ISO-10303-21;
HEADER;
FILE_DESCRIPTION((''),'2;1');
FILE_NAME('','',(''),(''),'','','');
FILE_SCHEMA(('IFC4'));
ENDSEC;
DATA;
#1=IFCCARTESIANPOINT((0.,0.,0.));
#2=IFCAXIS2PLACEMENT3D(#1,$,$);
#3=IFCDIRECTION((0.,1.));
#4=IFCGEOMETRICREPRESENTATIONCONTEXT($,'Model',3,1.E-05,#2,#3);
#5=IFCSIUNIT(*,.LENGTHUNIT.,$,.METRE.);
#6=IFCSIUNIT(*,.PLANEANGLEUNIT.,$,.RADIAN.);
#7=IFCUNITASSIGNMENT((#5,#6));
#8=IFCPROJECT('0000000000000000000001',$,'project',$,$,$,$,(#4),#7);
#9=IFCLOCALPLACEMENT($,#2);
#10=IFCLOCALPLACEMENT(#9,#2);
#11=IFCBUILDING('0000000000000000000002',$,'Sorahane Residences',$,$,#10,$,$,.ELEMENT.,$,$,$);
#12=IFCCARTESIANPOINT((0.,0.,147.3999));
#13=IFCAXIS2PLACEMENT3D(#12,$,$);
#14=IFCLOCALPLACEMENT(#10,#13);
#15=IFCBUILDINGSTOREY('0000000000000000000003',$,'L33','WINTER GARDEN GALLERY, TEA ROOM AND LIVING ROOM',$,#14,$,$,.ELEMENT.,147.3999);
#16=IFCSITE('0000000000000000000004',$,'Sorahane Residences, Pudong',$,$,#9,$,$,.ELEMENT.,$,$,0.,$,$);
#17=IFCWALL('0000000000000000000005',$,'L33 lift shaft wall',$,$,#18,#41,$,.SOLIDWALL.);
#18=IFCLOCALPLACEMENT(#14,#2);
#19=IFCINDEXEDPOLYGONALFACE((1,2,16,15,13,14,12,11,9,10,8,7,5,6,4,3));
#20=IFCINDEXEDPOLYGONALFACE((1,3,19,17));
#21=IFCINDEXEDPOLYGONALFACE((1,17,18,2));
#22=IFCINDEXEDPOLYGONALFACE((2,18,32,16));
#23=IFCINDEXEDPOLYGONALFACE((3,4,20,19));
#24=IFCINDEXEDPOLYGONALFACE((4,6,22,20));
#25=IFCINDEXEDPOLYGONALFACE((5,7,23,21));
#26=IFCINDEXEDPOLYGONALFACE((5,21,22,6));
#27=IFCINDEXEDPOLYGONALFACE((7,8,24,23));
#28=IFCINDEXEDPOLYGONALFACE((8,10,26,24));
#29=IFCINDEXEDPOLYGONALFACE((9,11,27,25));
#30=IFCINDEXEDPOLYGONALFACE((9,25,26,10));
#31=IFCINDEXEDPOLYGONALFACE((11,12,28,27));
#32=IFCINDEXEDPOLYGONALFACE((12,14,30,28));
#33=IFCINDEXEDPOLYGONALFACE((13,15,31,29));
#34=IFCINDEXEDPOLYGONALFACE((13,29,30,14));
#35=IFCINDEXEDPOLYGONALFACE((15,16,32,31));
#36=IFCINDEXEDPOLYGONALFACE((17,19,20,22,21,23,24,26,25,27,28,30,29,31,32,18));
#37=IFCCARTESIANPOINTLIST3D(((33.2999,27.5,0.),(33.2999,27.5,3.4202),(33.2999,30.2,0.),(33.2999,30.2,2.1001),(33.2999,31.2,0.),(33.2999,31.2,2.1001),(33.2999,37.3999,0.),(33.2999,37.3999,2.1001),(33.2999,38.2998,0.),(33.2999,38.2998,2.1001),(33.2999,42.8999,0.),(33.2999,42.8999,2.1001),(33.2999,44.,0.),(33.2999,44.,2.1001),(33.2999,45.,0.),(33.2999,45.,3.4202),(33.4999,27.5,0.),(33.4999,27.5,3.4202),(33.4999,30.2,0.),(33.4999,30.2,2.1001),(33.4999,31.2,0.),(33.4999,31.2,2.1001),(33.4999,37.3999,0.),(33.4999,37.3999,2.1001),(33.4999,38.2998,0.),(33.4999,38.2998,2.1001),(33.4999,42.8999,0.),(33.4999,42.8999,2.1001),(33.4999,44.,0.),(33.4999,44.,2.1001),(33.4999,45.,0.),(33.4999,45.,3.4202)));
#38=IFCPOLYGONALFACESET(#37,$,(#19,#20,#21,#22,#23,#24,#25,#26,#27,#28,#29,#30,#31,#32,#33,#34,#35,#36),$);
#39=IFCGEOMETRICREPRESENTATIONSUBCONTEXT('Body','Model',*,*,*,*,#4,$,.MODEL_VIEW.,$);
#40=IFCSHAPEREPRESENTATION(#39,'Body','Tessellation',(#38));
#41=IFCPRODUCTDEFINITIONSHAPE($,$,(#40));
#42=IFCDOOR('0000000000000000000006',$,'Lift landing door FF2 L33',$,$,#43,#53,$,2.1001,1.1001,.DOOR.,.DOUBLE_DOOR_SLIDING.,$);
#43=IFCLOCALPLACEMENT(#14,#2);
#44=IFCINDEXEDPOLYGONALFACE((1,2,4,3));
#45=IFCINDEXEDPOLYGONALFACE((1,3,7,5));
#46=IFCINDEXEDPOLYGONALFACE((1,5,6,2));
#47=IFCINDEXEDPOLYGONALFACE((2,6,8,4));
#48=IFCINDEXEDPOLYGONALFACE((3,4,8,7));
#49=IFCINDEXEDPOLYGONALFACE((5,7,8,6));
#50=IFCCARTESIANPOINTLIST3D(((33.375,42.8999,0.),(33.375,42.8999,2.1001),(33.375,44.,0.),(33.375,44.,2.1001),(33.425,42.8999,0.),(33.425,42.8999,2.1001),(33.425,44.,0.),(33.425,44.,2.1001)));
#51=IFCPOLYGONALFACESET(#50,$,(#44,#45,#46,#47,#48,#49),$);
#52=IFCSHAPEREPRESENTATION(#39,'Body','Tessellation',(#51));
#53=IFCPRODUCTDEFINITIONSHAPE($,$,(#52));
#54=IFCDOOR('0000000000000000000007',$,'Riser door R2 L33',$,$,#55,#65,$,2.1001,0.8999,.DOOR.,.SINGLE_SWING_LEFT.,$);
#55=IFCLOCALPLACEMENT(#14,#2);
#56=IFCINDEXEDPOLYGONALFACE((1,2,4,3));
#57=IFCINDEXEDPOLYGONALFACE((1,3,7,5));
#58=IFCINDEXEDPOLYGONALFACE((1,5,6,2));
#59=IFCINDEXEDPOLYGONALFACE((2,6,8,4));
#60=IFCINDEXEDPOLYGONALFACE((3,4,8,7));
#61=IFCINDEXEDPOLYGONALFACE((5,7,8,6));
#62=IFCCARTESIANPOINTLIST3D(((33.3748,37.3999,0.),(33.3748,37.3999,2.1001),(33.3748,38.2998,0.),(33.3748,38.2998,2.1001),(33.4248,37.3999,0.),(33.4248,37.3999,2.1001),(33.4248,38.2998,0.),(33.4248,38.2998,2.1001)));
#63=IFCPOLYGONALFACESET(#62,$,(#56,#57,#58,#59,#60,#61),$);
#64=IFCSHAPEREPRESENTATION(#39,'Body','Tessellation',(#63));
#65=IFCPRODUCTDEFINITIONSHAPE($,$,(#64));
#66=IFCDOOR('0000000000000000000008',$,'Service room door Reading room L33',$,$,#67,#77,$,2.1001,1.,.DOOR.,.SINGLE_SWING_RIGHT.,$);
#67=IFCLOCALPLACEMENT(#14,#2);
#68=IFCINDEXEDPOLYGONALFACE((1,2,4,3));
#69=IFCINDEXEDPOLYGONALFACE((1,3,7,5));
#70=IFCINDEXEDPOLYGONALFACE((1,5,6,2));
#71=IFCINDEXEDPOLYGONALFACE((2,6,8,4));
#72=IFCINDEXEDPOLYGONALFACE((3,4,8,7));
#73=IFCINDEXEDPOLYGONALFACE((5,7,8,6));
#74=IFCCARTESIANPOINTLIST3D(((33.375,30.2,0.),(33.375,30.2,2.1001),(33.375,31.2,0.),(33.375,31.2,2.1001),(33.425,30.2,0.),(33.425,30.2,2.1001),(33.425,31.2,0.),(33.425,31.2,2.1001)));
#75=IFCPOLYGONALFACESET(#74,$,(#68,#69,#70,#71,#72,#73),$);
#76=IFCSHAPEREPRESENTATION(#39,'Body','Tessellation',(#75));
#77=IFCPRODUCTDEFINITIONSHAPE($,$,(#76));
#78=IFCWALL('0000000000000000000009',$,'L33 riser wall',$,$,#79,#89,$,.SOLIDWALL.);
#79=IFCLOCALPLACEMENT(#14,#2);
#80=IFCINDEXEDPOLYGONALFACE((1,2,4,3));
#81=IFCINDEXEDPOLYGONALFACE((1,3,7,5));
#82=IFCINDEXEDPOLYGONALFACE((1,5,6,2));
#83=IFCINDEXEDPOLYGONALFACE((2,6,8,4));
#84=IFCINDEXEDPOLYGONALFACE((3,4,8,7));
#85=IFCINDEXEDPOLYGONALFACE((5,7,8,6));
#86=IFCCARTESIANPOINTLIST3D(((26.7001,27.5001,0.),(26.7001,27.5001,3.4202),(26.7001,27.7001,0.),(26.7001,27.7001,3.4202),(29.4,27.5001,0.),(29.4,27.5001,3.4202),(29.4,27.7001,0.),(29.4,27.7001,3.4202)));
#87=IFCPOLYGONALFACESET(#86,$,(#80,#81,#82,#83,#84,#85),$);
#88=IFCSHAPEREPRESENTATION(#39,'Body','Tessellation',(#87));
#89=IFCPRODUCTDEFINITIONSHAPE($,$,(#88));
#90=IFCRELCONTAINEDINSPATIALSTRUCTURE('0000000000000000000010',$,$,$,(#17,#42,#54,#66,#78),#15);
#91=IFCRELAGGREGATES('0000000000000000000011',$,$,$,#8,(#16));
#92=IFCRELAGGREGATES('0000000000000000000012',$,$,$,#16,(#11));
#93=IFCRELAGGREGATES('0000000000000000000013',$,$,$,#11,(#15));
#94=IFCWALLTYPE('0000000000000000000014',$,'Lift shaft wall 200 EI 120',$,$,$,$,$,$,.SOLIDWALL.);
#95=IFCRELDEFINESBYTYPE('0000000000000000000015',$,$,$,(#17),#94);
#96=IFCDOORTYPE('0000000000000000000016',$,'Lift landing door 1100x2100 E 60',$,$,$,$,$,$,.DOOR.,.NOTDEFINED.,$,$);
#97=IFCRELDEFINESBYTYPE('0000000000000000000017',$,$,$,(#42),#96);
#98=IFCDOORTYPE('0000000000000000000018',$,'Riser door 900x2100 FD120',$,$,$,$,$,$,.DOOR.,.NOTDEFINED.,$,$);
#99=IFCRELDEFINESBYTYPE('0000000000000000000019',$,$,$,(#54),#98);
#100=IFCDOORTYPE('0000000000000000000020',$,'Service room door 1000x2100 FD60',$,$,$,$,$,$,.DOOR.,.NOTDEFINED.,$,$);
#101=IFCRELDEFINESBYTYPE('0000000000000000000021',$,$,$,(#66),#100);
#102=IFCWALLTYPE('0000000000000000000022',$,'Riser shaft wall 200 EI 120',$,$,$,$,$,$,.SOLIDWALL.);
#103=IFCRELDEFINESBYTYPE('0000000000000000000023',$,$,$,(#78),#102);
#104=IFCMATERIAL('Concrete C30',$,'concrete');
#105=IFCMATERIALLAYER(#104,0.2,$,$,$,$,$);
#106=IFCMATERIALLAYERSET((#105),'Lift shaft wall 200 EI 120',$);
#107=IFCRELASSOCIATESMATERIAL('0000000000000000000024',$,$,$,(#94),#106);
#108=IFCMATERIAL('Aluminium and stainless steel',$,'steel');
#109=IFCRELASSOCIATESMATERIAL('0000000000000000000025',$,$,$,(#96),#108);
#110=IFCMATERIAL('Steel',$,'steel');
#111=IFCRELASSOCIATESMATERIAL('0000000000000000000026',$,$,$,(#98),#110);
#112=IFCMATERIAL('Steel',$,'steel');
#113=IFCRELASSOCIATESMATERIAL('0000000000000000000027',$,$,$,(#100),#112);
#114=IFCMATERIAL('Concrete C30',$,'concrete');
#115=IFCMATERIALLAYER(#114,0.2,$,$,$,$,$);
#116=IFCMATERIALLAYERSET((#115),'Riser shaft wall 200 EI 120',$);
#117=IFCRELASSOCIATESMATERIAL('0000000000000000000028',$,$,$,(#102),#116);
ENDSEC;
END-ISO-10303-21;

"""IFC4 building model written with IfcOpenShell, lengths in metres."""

from ifc_helpers import new_model, si_unit, direction, frame, frame_2d, origin, place, context, subcontext, project, spatial, rectangle, extrude, material, layer, layer_set, type_object, element, fill, save


model = new_model("IFC4")

# Units and contexts
model_context = context("Model", 3, precision=1e-05, world=origin(), true_north=direction((0.0, 1.0)))
body_context = subcontext(model_context, "Body", "Model", "MODEL_VIEW")
ifc_project = project(units=[si_unit("LENGTHUNIT", "METRE"), si_unit("PLANEANGLEUNIT", "RADIAN")], contexts=[model_context])

# Site, building, storey
site_placement = place(None, origin())
site = spatial("IfcSite", under=ifc_project, at=site_placement, Name="Sorahane Residences, Pudong", CompositionType="ELEMENT", RefElevation=0.0)
building_placement = place(site_placement, origin())
building = spatial("IfcBuilding", under=site, at=building_placement, Name="Sorahane Residences", CompositionType="ELEMENT")
storey_placement = place(building_placement, frame((0.0, 0.0, 147.3999)))
storey = spatial("IfcBuildingStorey", under=building, at=storey_placement, Name="L33", Description="WINTER GARDEN GALLERY, TEA ROOM AND LIVING ROOM", CompositionType="ELEMENT", Elevation=147.3999)

# Wall, openings, doors
ifc_material_1 = material(Name="Concrete C30", Category="concrete")
ifc_layer_1 = layer(ifc_material_1, 0.2)
ifc_layer_set_1 = layer_set([ifc_layer_1], Name="Lift shaft wall 200 EI 120")
wall_type_1 = type_object("IfcWallType", Name="Lift shaft wall 200 EI 120", PredefinedType="SOLIDWALL", material=ifc_layer_set_1)
wall_1_placement = place(storey_placement, frame((33.3999, 27.5, 0.0), z_axis=(0.0, 0.0, 1.0), x_axis=(0.0, 1.0, 0.0)))
wall_1 = element("IfcWall", 1, at=wall_1_placement, inside=storey, type_object=wall_type_1, Name="L33 lift shaft wall", PredefinedType="SOLIDWALL", context=body_context, shape_type="SweptSolid", body=[
    extrude(rectangle(XDim=17.5, YDim=0.2, at=frame_2d((8.75, 0.0))), origin(), (0.0, 0.0, 1.0), 3.4202),
])
opening_1_placement = place(wall_1_placement, frame((15.3999, 0.0, 0.0)))
opening_1 = element("IfcOpeningElement", 2, at=opening_1_placement, cuts=wall_1, PredefinedType="OPENING", context=body_context, shape_type="SweptSolid", body=[
    extrude(rectangle(XDim=1.1001, YDim=2.1001, at=frame_2d((0.55, 1.05))), frame((0.0, 0.1099, 0.0), z_axis=(0.0, -1.0, 0.0), x_axis=(1.0, 0.0, 0.0)), (0.0, 0.0, 1.0), 0.22),
])
opening_2_placement = place(wall_1_placement, frame((2.7, 0.0, 0.0)))
opening_2 = element("IfcOpeningElement", 3, at=opening_2_placement, cuts=wall_1, PredefinedType="OPENING", context=body_context, shape_type="SweptSolid", body=[
    extrude(rectangle(XDim=1.0, YDim=2.1001, at=frame_2d((0.5, 1.05))), frame((0.0, 0.1099, 0.0), z_axis=(0.0, -1.0, 0.0), x_axis=(1.0, 0.0, 0.0)), (0.0, 0.0, 1.0), 0.22),
])
opening_3_placement = place(wall_1_placement, frame((9.8999, 0.0, 0.0)))
opening_3 = element("IfcOpeningElement", 4, at=opening_3_placement, cuts=wall_1, PredefinedType="OPENING", context=body_context, shape_type="SweptSolid", body=[
    extrude(rectangle(XDim=0.8999, YDim=2.1001, at=frame_2d((0.45, 1.05))), frame((0.0, 0.1099, 0.0), z_axis=(0.0, -1.0, 0.0), x_axis=(1.0, 0.0, 0.0)), (0.0, 0.0, 1.0), 0.22),
])
ifc_material_2 = material(Name="Aluminium and stainless steel", Category="steel")
door_type_1 = type_object("IfcDoorType", Name="Lift landing door 1100x2100 E 60", OperationType="NOTDEFINED", PredefinedType="DOOR", material=ifc_material_2)
door_1_placement = place(opening_1_placement, origin())
door_1 = element("IfcDoor", 5, at=door_1_placement, inside=storey, type_object=door_type_1, Name="Lift landing door FF2 L33", OperationType="DOUBLE_DOOR_SLIDING", OverallHeight=2.1001, OverallWidth=1.1001, PredefinedType="DOOR", context=body_context, shape_type="SweptSolid", body=[
    extrude(rectangle(XDim=1.1001, YDim=2.1001, at=frame_2d((0.55, 1.05))), frame((0.0, 0.0249, 0.0), z_axis=(0.0, -1.0, 0.0), x_axis=(1.0, 0.0, 0.0)), (0.0, 0.0, 1.0), 0.05),
])
fill(opening_1, door_1)
ifc_material_3 = material(Name="Steel", Category="steel")
door_type_2 = type_object("IfcDoorType", Name="Riser door 900x2100 FD120", OperationType="NOTDEFINED", PredefinedType="DOOR", material=ifc_material_3)
door_2_placement = place(opening_3_placement, frame((0.8999, 0.0, 0.0), z_axis=(0.0, 0.0, 1.0), x_axis=(-1.0, 0.0, 0.0)))
door_2 = element("IfcDoor", 6, at=door_2_placement, inside=storey, type_object=door_type_2, Name="Riser door R2 L33", OperationType="SINGLE_SWING_LEFT", OverallHeight=2.1001, OverallWidth=0.8999, PredefinedType="DOOR", context=body_context, shape_type="SweptSolid", body=[
    extrude(rectangle(XDim=0.8999, YDim=2.1001, at=frame_2d((0.45, 1.05))), frame((0.0, 0.0249, 0.0), z_axis=(0.0, -1.0, 0.0), x_axis=(1.0, 0.0, 0.0)), (0.0, 0.0, 1.0), 0.05),
])
fill(opening_3, door_2)
ifc_material_4 = material(Name="Steel", Category="steel")
door_type_3 = type_object("IfcDoorType", Name="Service room door 1000x2100 FD60", OperationType="NOTDEFINED", PredefinedType="DOOR", material=ifc_material_4)
door_3_placement = place(opening_2_placement, origin())
door_3 = element("IfcDoor", 7, at=door_3_placement, inside=storey, type_object=door_type_3, Name="Service room door Reading room L33", OperationType="SINGLE_SWING_RIGHT", OverallHeight=2.1001, OverallWidth=1.0, PredefinedType="DOOR", context=body_context, shape_type="SweptSolid", body=[
    extrude(rectangle(XDim=1.0, YDim=2.1001, at=frame_2d((0.5, 1.05))), frame((0.0, 0.0249, 0.0), z_axis=(0.0, -1.0, 0.0), x_axis=(1.0, 0.0, 0.0)), (0.0, 0.0, 1.0), 0.05),
])
fill(opening_2, door_3)

# Wall
ifc_material_5 = material(Name="Concrete C30", Category="concrete")
ifc_layer_2 = layer(ifc_material_5, 0.2)
ifc_layer_set_2 = layer_set([ifc_layer_2], Name="Riser shaft wall 200 EI 120")
wall_type_2 = type_object("IfcWallType", Name="Riser shaft wall 200 EI 120", PredefinedType="SOLIDWALL", material=ifc_layer_set_2)
wall_2_placement = place(storey_placement, frame((26.7, 27.6001, 0.0), z_axis=(0.0, 0.0, 1.0), x_axis=(1.0, 0.0, 0.0)))
element("IfcWall", 8, at=wall_2_placement, inside=storey, type_object=wall_type_2, Name="L33 riser wall", PredefinedType="SOLIDWALL", context=body_context, shape_type="SweptSolid", body=[
    extrude(rectangle(XDim=2.7, YDim=0.2, at=frame_2d((1.3501, 0.0))), origin(), (0.0, 0.0, 1.0), 3.4202),
])

save(model, "model.ifc")
